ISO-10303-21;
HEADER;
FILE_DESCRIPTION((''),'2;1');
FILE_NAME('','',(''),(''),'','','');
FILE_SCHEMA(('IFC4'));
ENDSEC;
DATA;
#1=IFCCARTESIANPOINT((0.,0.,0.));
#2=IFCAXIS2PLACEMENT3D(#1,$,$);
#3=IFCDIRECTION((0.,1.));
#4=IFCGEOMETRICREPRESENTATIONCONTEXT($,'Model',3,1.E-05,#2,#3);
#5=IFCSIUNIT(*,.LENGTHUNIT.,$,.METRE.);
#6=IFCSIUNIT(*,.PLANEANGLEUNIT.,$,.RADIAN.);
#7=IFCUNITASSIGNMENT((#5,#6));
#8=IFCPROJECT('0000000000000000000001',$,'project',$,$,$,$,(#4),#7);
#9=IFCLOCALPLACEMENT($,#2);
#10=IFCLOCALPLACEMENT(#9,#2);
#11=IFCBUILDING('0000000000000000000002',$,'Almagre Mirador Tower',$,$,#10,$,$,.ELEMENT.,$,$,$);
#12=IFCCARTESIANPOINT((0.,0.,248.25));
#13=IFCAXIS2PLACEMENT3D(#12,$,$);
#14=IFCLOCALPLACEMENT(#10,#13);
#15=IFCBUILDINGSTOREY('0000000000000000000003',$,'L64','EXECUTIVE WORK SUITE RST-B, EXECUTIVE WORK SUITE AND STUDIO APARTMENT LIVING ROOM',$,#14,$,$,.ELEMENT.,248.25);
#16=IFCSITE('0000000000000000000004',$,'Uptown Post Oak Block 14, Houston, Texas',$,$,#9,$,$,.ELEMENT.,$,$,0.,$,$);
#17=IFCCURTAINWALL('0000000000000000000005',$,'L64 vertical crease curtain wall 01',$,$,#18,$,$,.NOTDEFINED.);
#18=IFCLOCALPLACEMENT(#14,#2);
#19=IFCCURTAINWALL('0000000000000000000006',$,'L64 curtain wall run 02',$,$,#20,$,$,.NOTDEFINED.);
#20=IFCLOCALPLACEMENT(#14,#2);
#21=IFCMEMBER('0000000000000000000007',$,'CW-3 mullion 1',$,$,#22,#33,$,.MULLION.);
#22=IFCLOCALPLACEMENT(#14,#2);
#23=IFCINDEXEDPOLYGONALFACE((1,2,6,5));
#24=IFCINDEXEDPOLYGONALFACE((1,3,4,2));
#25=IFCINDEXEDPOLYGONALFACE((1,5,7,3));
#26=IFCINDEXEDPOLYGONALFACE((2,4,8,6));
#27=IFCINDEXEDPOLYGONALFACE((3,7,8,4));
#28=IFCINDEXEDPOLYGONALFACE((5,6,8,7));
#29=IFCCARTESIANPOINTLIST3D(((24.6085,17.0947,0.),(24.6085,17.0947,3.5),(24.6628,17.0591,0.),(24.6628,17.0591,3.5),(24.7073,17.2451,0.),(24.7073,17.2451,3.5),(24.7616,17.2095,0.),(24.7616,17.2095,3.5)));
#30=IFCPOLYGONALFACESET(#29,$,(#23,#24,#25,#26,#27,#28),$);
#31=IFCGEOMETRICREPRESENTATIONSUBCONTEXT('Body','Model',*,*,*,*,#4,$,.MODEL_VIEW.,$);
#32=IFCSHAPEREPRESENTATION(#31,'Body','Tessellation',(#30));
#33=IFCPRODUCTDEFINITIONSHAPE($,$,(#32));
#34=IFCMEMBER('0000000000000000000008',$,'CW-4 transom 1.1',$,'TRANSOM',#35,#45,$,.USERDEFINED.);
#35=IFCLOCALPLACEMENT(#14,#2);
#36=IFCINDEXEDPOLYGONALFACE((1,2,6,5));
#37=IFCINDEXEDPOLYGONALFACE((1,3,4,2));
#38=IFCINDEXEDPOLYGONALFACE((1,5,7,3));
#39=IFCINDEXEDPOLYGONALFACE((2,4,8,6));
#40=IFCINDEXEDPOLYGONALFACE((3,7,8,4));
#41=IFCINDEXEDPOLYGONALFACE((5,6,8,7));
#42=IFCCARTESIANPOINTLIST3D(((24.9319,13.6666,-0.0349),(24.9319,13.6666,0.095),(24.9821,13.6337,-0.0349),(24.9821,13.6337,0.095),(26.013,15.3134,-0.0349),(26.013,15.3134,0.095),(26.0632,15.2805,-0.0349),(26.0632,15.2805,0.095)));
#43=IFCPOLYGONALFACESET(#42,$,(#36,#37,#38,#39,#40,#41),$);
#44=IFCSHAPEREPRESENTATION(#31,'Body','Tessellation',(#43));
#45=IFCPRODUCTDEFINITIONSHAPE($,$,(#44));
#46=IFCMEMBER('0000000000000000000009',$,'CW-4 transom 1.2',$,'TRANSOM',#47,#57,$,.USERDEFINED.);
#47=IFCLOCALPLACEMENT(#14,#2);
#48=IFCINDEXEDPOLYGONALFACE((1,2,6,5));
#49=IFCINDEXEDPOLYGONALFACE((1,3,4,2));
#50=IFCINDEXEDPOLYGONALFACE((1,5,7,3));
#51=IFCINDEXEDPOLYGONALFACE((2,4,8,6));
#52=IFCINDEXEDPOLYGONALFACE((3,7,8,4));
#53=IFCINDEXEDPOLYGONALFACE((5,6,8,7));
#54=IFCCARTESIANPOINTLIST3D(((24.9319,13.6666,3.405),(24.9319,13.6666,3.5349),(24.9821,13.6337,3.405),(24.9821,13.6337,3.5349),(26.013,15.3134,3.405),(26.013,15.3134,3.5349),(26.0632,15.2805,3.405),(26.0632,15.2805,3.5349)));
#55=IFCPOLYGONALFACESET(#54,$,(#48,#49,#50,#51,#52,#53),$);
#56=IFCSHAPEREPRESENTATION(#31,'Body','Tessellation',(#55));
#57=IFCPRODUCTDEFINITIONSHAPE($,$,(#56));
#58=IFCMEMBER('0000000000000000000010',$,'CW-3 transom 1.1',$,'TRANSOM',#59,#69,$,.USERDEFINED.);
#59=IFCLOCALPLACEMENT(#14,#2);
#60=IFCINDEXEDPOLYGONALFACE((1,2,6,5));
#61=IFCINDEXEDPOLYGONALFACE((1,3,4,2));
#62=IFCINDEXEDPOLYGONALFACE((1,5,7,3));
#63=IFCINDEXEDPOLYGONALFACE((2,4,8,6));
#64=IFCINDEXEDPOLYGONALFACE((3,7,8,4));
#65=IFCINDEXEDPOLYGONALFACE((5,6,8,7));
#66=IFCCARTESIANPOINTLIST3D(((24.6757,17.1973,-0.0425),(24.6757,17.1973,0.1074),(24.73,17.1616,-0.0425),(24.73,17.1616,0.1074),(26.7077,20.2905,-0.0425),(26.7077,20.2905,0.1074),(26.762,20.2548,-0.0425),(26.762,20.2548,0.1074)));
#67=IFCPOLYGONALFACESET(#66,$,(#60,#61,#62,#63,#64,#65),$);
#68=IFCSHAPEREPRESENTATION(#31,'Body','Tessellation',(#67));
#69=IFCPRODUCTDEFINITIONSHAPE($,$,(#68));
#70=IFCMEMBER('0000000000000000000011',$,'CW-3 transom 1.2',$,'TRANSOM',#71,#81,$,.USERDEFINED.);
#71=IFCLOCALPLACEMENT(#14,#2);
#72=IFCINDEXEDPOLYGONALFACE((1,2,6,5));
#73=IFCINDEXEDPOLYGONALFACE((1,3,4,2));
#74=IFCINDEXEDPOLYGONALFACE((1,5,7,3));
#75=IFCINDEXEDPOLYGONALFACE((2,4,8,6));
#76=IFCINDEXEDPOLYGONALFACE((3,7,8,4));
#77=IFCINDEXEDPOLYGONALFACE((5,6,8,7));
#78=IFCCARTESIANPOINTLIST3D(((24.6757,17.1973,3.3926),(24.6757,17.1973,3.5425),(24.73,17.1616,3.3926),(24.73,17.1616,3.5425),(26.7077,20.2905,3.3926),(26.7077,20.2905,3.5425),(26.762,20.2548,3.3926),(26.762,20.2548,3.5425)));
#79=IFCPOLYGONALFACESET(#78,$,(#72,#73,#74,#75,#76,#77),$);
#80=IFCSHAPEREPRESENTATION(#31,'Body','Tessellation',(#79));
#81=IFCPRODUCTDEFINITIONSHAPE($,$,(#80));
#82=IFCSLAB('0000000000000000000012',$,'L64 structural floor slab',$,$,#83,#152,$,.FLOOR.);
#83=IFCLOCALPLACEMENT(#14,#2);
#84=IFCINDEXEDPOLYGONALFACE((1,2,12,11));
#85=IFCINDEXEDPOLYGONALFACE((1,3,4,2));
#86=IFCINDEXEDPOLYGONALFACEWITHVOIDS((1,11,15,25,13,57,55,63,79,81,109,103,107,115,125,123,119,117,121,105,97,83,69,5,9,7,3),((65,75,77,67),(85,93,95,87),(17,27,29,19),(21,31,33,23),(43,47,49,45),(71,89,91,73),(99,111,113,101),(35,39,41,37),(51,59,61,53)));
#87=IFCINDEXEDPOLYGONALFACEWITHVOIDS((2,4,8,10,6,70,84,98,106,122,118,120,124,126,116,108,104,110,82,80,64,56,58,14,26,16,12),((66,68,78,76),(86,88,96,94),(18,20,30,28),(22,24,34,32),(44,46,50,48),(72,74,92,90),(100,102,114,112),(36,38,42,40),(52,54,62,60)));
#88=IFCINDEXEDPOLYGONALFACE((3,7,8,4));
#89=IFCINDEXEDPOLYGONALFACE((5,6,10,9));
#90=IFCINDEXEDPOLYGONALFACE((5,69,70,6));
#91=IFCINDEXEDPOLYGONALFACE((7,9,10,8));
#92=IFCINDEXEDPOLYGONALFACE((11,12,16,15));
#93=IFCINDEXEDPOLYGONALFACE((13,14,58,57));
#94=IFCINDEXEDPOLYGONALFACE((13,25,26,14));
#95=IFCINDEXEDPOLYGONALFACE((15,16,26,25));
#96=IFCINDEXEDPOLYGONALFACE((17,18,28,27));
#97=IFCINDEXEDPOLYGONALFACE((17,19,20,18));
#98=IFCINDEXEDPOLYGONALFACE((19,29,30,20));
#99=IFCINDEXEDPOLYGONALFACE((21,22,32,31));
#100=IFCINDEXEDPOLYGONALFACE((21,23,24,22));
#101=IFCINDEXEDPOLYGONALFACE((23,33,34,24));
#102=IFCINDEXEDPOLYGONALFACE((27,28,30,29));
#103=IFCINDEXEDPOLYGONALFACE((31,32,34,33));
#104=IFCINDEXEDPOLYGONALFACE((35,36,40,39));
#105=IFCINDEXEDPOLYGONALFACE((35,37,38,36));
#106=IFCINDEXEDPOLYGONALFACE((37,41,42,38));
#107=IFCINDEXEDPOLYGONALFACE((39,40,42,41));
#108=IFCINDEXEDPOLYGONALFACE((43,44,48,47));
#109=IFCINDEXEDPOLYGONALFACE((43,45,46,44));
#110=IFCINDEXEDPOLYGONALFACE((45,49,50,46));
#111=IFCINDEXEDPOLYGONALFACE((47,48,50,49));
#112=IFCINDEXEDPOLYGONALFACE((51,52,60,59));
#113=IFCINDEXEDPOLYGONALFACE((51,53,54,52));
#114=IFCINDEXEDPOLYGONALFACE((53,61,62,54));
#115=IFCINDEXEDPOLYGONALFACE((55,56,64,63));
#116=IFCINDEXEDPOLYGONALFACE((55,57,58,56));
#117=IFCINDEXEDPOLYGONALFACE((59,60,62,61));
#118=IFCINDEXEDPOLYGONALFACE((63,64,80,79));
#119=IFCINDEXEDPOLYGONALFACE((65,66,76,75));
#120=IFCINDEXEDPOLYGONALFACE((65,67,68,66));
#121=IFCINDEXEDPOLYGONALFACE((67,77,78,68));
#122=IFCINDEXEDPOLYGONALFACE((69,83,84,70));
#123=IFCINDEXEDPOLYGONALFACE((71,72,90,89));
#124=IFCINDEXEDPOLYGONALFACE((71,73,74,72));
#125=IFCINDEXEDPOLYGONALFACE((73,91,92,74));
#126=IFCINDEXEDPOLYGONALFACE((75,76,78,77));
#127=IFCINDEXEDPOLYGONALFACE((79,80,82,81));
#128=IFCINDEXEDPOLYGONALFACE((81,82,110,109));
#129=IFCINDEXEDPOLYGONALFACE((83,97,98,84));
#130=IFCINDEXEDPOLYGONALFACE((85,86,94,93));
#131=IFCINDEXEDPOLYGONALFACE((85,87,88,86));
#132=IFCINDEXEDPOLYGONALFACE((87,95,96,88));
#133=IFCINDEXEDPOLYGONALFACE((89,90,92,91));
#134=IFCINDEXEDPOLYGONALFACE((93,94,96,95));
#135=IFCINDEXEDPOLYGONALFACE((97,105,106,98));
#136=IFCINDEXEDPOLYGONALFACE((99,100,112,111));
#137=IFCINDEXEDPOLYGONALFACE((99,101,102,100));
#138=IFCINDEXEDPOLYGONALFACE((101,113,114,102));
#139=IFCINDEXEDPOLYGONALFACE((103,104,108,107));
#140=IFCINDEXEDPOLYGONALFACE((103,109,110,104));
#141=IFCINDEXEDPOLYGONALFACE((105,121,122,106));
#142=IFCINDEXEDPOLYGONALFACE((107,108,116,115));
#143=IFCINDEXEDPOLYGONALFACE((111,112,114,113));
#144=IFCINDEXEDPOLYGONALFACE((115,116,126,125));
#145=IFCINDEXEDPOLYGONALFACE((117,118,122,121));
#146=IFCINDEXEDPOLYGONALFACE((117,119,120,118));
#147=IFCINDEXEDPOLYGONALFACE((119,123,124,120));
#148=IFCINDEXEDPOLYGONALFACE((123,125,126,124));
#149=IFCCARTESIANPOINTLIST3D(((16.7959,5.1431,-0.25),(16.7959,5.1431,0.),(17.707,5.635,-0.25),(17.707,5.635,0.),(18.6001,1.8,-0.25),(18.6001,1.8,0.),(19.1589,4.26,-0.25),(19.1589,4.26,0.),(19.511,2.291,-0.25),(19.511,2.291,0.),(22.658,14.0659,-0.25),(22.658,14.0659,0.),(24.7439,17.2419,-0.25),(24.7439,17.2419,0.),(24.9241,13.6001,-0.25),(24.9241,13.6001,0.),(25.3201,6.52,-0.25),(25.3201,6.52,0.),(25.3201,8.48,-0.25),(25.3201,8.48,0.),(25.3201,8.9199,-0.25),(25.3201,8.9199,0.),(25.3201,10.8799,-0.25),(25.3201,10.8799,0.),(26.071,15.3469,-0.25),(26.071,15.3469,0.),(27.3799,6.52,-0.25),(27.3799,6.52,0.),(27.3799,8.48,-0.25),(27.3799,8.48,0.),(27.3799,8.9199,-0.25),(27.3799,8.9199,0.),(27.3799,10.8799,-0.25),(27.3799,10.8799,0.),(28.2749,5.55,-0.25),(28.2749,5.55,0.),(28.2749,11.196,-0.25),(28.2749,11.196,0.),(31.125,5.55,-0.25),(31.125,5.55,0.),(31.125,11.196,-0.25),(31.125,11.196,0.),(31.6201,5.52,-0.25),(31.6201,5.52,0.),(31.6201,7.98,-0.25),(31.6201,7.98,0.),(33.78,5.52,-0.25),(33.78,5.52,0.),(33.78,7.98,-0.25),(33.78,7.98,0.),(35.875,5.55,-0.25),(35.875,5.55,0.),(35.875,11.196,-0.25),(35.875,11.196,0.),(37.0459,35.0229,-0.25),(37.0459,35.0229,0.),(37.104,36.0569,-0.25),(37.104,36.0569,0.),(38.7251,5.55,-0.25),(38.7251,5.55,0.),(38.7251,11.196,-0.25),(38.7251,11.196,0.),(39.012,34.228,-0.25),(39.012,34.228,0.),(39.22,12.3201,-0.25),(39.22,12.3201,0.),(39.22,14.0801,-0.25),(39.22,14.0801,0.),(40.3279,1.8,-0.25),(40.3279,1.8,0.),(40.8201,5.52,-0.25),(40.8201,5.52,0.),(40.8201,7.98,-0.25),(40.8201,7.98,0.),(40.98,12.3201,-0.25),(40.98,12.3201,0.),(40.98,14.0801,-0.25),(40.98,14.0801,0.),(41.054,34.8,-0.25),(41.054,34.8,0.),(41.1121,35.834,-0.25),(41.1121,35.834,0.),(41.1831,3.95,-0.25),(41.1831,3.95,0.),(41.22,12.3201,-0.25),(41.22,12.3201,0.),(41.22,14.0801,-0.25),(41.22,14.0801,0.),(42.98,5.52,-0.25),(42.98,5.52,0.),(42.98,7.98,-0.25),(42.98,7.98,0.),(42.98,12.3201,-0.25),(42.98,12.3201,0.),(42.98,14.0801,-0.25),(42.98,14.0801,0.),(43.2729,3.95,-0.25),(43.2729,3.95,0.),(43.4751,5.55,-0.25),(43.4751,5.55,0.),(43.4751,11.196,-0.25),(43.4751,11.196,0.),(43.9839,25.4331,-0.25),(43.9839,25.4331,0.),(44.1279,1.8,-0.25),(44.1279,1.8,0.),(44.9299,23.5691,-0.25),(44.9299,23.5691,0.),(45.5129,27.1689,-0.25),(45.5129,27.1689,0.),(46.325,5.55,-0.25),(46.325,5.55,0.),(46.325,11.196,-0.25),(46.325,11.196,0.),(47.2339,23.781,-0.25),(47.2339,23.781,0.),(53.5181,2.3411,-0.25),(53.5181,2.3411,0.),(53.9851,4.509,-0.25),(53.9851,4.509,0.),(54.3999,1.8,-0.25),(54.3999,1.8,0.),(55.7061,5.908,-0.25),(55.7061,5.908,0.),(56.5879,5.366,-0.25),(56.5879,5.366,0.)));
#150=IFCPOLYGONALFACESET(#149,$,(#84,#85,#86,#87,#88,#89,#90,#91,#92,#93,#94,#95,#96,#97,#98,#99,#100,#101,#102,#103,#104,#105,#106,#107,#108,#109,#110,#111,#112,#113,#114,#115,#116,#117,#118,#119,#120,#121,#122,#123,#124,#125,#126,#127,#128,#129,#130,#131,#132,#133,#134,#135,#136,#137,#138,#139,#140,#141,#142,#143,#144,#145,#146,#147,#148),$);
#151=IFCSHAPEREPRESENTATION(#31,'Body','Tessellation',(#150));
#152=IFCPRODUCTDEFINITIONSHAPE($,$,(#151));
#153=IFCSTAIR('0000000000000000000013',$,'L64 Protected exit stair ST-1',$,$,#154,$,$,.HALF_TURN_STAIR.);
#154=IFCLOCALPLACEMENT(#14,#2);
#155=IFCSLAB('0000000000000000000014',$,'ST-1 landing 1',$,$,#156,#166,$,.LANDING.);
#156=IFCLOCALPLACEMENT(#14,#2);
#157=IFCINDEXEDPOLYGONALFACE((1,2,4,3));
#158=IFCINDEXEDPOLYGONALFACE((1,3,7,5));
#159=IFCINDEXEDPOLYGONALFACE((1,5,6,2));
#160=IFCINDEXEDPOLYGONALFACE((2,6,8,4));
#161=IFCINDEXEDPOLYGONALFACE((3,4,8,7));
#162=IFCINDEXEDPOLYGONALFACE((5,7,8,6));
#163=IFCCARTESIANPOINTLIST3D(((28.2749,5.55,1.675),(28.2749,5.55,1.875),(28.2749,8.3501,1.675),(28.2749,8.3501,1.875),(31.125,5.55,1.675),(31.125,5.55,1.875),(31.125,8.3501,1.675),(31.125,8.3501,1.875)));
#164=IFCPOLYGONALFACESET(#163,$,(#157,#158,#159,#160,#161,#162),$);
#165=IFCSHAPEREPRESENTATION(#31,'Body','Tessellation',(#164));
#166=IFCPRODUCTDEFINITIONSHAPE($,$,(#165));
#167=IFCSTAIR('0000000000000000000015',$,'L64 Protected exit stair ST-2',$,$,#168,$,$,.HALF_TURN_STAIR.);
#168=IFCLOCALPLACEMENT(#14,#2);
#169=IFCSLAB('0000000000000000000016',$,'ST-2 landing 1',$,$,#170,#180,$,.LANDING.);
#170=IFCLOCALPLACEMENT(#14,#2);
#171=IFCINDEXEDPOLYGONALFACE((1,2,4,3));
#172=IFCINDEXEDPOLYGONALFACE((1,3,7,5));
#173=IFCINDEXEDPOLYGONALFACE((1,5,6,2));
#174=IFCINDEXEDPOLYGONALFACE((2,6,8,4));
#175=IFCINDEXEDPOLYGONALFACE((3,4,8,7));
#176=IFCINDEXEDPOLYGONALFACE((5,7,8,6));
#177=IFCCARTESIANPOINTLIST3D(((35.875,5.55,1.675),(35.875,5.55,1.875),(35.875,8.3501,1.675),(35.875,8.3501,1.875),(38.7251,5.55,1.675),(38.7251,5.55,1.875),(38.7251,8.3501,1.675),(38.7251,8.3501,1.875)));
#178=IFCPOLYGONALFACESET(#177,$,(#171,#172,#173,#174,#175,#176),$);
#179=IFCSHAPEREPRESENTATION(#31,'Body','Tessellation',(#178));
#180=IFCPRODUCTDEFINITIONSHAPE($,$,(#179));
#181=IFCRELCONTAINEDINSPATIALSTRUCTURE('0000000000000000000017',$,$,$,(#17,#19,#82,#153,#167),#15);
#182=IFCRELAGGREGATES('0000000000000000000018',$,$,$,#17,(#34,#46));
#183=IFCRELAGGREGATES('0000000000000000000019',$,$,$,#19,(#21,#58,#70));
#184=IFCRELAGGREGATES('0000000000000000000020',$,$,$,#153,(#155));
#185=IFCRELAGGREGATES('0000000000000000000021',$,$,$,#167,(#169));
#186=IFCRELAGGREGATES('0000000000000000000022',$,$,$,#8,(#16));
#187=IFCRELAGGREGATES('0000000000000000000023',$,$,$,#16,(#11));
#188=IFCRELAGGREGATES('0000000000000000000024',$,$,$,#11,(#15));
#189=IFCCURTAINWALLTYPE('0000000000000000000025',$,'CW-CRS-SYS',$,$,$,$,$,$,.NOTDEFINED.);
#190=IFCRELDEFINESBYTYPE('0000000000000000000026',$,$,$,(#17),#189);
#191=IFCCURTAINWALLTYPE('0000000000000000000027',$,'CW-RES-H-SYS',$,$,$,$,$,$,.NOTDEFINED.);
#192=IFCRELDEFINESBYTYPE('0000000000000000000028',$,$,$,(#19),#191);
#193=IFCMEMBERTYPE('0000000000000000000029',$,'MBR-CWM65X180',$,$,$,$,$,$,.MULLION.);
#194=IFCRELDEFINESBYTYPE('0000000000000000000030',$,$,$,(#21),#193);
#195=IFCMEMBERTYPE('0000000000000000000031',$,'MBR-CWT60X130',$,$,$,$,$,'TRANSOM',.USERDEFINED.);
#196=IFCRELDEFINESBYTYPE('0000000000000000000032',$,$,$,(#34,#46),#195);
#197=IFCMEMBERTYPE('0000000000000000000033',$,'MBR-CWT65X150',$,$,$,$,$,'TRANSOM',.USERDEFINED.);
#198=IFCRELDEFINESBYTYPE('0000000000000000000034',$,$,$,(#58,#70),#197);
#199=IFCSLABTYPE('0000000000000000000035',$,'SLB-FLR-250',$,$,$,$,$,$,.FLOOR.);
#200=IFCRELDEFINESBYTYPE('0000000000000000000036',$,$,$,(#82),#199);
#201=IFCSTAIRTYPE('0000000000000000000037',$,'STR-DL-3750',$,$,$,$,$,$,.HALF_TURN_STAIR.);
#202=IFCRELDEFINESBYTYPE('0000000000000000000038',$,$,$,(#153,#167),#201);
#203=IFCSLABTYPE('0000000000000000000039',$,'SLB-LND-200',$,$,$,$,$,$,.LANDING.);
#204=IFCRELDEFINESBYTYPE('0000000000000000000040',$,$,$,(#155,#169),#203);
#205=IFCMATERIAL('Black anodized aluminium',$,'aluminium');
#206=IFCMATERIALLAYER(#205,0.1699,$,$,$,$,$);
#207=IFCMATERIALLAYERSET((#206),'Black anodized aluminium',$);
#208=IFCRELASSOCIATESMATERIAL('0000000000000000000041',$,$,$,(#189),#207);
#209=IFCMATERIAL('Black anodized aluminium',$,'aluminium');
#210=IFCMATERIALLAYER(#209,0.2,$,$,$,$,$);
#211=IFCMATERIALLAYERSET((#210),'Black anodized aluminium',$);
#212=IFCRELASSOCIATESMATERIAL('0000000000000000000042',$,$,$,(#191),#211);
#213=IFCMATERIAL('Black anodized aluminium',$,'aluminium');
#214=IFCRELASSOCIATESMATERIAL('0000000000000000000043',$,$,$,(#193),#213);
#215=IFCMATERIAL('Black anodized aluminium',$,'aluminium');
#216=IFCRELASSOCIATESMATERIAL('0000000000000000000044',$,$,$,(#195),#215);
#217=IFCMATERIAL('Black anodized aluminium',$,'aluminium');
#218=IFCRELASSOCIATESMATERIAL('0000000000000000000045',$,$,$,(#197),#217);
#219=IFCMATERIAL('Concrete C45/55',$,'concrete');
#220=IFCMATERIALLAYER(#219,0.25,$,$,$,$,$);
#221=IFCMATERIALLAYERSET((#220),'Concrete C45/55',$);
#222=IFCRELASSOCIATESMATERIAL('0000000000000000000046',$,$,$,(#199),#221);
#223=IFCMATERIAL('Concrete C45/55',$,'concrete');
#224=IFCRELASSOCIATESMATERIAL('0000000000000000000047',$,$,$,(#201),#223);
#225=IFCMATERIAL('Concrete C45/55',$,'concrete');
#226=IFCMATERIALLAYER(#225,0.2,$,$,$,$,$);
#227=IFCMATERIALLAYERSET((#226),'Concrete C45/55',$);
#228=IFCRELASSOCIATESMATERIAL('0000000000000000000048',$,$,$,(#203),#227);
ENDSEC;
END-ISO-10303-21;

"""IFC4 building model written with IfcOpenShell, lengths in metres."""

from ifc_helpers import new_model, si_unit, direction, frame, origin, origin_2d, place, context, subcontext, project, spatial, polyline, rectangle, outline, extrude, material, layer, layer_set, material_profile, profile_set, type_object, element, aggregate, save


model = new_model("IFC4")

# Units and contexts
model_context = context("Model", 3, precision=1e-05, world=origin(), true_north=direction((0.0, 1.0)))
body_context = subcontext(model_context, "Body", "Model", "MODEL_VIEW")
ifc_project = project(units=[si_unit("LENGTHUNIT", "METRE"), si_unit("PLANEANGLEUNIT", "RADIAN")], contexts=[model_context])

# Site, building, storey
site_placement = place(None, origin())
site = spatial("IfcSite", under=ifc_project, at=site_placement, Name="Uptown Post Oak Block 14, Houston, Texas", CompositionType="ELEMENT", RefElevation=0.0)
building_placement = place(site_placement, origin())
building = spatial("IfcBuilding", under=site, at=building_placement, Name="Almagre Mirador Tower", CompositionType="ELEMENT")
storey_placement = place(building_placement, frame((0.0, 0.0, 248.25)))
storey = spatial("IfcBuildingStorey", under=building, at=storey_placement, Name="L64", Description="EXECUTIVE WORK SUITE RST-B, EXECUTIVE WORK SUITE AND STUDIO APARTMENT LIVING ROOM", CompositionType="ELEMENT", Elevation=248.25)

# Curtain walls, member
ifc_material_1 = material(Name="Black anodized aluminium", Category="aluminium")
ifc_layer_1 = layer(ifc_material_1, 0.1699)
ifc_layer_set_1 = layer_set([ifc_layer_1], Name="Black anodized aluminium")
curtain_wall_type_1 = type_object("IfcCurtainWallType", Name="CW-CRS-SYS", PredefinedType="NOTDEFINED", material=ifc_layer_set_1)
curtain_wall_1_placement = place(storey_placement, origin())
curtain_wall_1 = element("IfcCurtainWall", 1, at=curtain_wall_1_placement, inside=storey, type_object=curtain_wall_type_1, Name="L64 vertical crease curtain wall 01", PredefinedType="NOTDEFINED")
ifc_material_2 = material(Name="Black anodized aluminium", Category="aluminium")
ifc_layer_2 = layer(ifc_material_2, 0.2)
ifc_layer_set_2 = layer_set([ifc_layer_2], Name="Black anodized aluminium")
curtain_wall_type_2 = type_object("IfcCurtainWallType", Name="CW-RES-H-SYS", PredefinedType="NOTDEFINED", material=ifc_layer_set_2)
curtain_wall_2_placement = place(storey_placement, origin())
curtain_wall_2 = element("IfcCurtainWall", 2, at=curtain_wall_2_placement, inside=storey, type_object=curtain_wall_type_2, Name="L64 curtain wall run 02", PredefinedType="NOTDEFINED")
ifc_material_3 = material(Name="Black anodized aluminium", Category="aluminium")
ifc_material_profile_1 = material_profile(ifc_material_3, rectangle(XDim=0.0649, YDim=0.1799, at=origin_2d()), Name="CWM65X180")
ifc_profile_set_1 = profile_set([ifc_material_profile_1], Name="Black anodized aluminium")
member_type_1 = type_object("IfcMemberType", Name="MBR-CWM65X180", PredefinedType="MULLION", material=ifc_profile_set_1)
member_1_placement = place(storey_placement, frame((24.6851, 17.1521, 0.0), z_axis=(0.0, 0.0, 1.0), x_axis=(-0.835788, 0.549053, 0.0)))
member_1 = element("IfcMember", 3, at=member_1_placement, type_object=member_type_1, Name="CW-3 mullion 1", PredefinedType="MULLION", context=body_context, shape_type="SweptSolid", body=[
    extrude(rectangle(XDim=0.0649, YDim=0.1799, at=origin_2d()), origin(), (0.0, 0.0, 1.0), 3.5),
])

# Members
ifc_material_4 = material(Name="Black anodized aluminium", Category="aluminium")
ifc_material_profile_2 = material_profile(ifc_material_4, rectangle(XDim=0.0601, YDim=0.1299, at=origin_2d()), Name="CWT60X130")
ifc_profile_set_2 = profile_set([ifc_material_profile_2], Name="Black anodized aluminium")
member_type_2 = type_object("IfcMemberType", Name="MBR-CWT60X130", ElementType="TRANSOM", PredefinedType="USERDEFINED", material=ifc_profile_set_2)
member_2_placement = place(storey_placement, frame((24.957, 13.6501, 0.03), z_axis=(0.548794, 0.835957, 0.0), x_axis=(-0.835957, 0.548794, 0.0)))
member_2 = element("IfcMember", 4, at=member_2_placement, type_object=member_type_2, Name="CW-4 transom 1.1", ObjectType="TRANSOM", PredefinedType="USERDEFINED", context=body_context, shape_type="SweptSolid", body=[
    extrude(rectangle(XDim=0.0601, YDim=0.1299, at=origin_2d()), origin(), (0.0, 0.0, 1.0), 1.97),
])
member_3_placement = place(storey_placement, frame((24.957, 13.6501, 3.47), z_axis=(0.548794, 0.835957, 0.0), x_axis=(-0.835957, 0.548794, 0.0)))
member_3 = element("IfcMember", 5, at=member_3_placement, type_object=member_type_2, Name="CW-4 transom 1.2", ObjectType="TRANSOM", PredefinedType="USERDEFINED", context=body_context, shape_type="SweptSolid", body=[
    extrude(rectangle(XDim=0.0601, YDim=0.1299, at=origin_2d()), origin(), (0.0, 0.0, 1.0), 1.97),
])
aggregate(curtain_wall_1, [member_2, member_3])
ifc_material_5 = material(Name="Black anodized aluminium", Category="aluminium")
ifc_material_profile_3 = material_profile(ifc_material_5, rectangle(XDim=0.0649, YDim=0.1499, at=origin_2d()), Name="CWT65X150")
ifc_profile_set_3 = profile_set([ifc_material_profile_3], Name="Black anodized aluminium")
member_type_3 = type_object("IfcMemberType", Name="MBR-CWT65X150", ElementType="TRANSOM", PredefinedType="USERDEFINED", material=ifc_profile_set_3)
member_4_placement = place(storey_placement, frame((24.7029, 17.1794, 0.0325), z_axis=(0.54904, 0.835796, 0.0), x_axis=(-0.835796, 0.54904, 0.0)))
member_4 = element("IfcMember", 6, at=member_4_placement, type_object=member_type_3, Name="CW-3 transom 1.1", ObjectType="TRANSOM", PredefinedType="USERDEFINED", context=body_context, shape_type="SweptSolid", body=[
    extrude(rectangle(XDim=0.0649, YDim=0.1499, at=origin_2d()), origin(), (0.0, 0.0, 1.0), 3.7009),
])
member_5_placement = place(storey_placement, frame((24.7029, 17.1794, 3.4675), z_axis=(0.54904, 0.835796, 0.0), x_axis=(-0.835796, 0.54904, 0.0)))
member_5 = element("IfcMember", 7, at=member_5_placement, type_object=member_type_3, Name="CW-3 transom 1.2", ObjectType="TRANSOM", PredefinedType="USERDEFINED", context=body_context, shape_type="SweptSolid", body=[
    extrude(rectangle(XDim=0.0649, YDim=0.1499, at=origin_2d()), origin(), (0.0, 0.0, 1.0), 3.7009),
])
aggregate(curtain_wall_2, [member_1, member_4, member_5])

# Slab
ifc_material_6 = material(Name="Concrete C45/55", Category="concrete")
ifc_layer_3 = layer(ifc_material_6, 0.25)
ifc_layer_set_3 = layer_set([ifc_layer_3], Name="Concrete C45/55")
slab_type_1 = type_object("IfcSlabType", Name="SLB-FLR-250", PredefinedType="FLOOR", material=ifc_layer_set_3)
slab_1_placement = place(storey_placement, frame((0.0, 0.0, -0.25)))
element("IfcSlab", 8, at=slab_1_placement, inside=storey, type_object=slab_type_1, Name="L64 structural floor slab", PredefinedType="FLOOR", context=body_context, shape_type="SweptSolid", body=[
    extrude(outline(polyline([(16.7959, 5.1431), (17.707, 5.635), (19.1589, 4.26), (19.511, 2.291), (18.6001, 1.8), (40.3279, 1.8), (41.1831, 3.95), (43.2729, 3.95), (44.1279, 1.8), (54.3999, 1.8), (53.5181, 2.3411), (53.9851, 4.509), (55.7061, 5.908), (56.5879, 5.366), (47.2339, 23.781), (44.9299, 23.5691), (43.9839, 25.4331), (45.5129, 27.1689), (41.1121, 35.834), (41.054, 34.8), (39.012, 34.228), (37.0459, 35.0229), (37.104, 36.0569), (24.7439, 17.2419), (26.071, 15.3469), (24.9241, 13.6001), (22.658, 14.0659), (16.7959, 5.1431)]), holes=[polyline([(43.4751, 5.55), (43.4751, 11.196), (46.325, 11.196), (46.325, 5.55), (43.4751, 5.55)]), polyline([(41.22, 12.3201), (41.22, 14.0801), (42.98, 14.0801), (42.98, 12.3201), (41.22, 12.3201)]), polyline([(42.98, 5.52), (40.8201, 5.52), (40.8201, 7.98), (42.98, 7.98), (42.98, 5.52)]), polyline([(39.22, 12.3201), (39.22, 14.0801), (40.98, 14.0801), (40.98, 12.3201), (39.22, 12.3201)]), polyline([(35.875, 5.55), (35.875, 11.196), (38.7251, 11.196), (38.7251, 5.55), (35.875, 5.55)]), polyline([(33.78, 5.52), (31.6201, 5.52), (31.6201, 7.98), (33.78, 7.98), (33.78, 5.52)]), polyline([(28.2749, 5.55), (28.2749, 11.196), (31.125, 11.196), (31.125, 5.55), (28.2749, 5.55)]), polyline([(27.3799, 6.52), (25.3201, 6.52), (25.3201, 8.48), (27.3799, 8.48), (27.3799, 6.52)]), polyline([(27.3799, 8.9199), (25.3201, 8.9199), (25.3201, 10.8799), (27.3799, 10.8799), (27.3799, 8.9199)])]), origin(), (0.0, 0.0, 1.0), 0.25),
])

# Stairs, slabs
ifc_material_7 = material(Name="Concrete C45/55", Category="concrete")
stair_type = type_object("IfcStairType", Name="STR-DL-3750", PredefinedType="HALF_TURN_STAIR", material=ifc_material_7)
stair_1_placement = place(storey_placement, origin())
stair_1 = element("IfcStair", 9, at=stair_1_placement, inside=storey, type_object=stair_type, Name="L64 Protected exit stair ST-1", PredefinedType="HALF_TURN_STAIR")
ifc_material_8 = material(Name="Concrete C45/55", Category="concrete")
ifc_layer_4 = layer(ifc_material_8, 0.2)
ifc_layer_set_4 = layer_set([ifc_layer_4], Name="Concrete C45/55")
slab_type_2 = type_object("IfcSlabType", Name="SLB-LND-200", PredefinedType="LANDING", material=ifc_layer_set_4)
slab_2_placement = place(storey_placement, frame((0.0, 0.0, 1.675)))
slab_2 = element("IfcSlab", 10, at=slab_2_placement, type_object=slab_type_2, Name="ST-1 landing 1", PredefinedType="LANDING", context=body_context, shape_type="SweptSolid", body=[
    extrude(outline(polyline([(28.2749, 8.3501), (28.2749, 5.55), (31.125, 5.55), (31.125, 8.3501), (28.2749, 8.3501)])), origin(), (0.0, 0.0, 1.0), 0.2),
])
aggregate(stair_1, [slab_2])
stair_2_placement = place(storey_placement, origin())
stair_2 = element("IfcStair", 11, at=stair_2_placement, inside=storey, type_object=stair_type, Name="L64 Protected exit stair ST-2", PredefinedType="HALF_TURN_STAIR")
slab_3_placement = place(storey_placement, frame((0.0, 0.0, 1.675)))
slab_3 = element("IfcSlab", 12, at=slab_3_placement, type_object=slab_type_2, Name="ST-2 landing 1", PredefinedType="LANDING", context=body_context, shape_type="SweptSolid", body=[
    extrude(outline(polyline([(35.875, 8.3501), (35.875, 5.55), (38.7251, 5.55), (38.7251, 8.3501), (35.875, 8.3501)])), origin(), (0.0, 0.0, 1.0), 0.2),
])
aggregate(stair_2, [slab_3])

save(model, "model.ifc")
